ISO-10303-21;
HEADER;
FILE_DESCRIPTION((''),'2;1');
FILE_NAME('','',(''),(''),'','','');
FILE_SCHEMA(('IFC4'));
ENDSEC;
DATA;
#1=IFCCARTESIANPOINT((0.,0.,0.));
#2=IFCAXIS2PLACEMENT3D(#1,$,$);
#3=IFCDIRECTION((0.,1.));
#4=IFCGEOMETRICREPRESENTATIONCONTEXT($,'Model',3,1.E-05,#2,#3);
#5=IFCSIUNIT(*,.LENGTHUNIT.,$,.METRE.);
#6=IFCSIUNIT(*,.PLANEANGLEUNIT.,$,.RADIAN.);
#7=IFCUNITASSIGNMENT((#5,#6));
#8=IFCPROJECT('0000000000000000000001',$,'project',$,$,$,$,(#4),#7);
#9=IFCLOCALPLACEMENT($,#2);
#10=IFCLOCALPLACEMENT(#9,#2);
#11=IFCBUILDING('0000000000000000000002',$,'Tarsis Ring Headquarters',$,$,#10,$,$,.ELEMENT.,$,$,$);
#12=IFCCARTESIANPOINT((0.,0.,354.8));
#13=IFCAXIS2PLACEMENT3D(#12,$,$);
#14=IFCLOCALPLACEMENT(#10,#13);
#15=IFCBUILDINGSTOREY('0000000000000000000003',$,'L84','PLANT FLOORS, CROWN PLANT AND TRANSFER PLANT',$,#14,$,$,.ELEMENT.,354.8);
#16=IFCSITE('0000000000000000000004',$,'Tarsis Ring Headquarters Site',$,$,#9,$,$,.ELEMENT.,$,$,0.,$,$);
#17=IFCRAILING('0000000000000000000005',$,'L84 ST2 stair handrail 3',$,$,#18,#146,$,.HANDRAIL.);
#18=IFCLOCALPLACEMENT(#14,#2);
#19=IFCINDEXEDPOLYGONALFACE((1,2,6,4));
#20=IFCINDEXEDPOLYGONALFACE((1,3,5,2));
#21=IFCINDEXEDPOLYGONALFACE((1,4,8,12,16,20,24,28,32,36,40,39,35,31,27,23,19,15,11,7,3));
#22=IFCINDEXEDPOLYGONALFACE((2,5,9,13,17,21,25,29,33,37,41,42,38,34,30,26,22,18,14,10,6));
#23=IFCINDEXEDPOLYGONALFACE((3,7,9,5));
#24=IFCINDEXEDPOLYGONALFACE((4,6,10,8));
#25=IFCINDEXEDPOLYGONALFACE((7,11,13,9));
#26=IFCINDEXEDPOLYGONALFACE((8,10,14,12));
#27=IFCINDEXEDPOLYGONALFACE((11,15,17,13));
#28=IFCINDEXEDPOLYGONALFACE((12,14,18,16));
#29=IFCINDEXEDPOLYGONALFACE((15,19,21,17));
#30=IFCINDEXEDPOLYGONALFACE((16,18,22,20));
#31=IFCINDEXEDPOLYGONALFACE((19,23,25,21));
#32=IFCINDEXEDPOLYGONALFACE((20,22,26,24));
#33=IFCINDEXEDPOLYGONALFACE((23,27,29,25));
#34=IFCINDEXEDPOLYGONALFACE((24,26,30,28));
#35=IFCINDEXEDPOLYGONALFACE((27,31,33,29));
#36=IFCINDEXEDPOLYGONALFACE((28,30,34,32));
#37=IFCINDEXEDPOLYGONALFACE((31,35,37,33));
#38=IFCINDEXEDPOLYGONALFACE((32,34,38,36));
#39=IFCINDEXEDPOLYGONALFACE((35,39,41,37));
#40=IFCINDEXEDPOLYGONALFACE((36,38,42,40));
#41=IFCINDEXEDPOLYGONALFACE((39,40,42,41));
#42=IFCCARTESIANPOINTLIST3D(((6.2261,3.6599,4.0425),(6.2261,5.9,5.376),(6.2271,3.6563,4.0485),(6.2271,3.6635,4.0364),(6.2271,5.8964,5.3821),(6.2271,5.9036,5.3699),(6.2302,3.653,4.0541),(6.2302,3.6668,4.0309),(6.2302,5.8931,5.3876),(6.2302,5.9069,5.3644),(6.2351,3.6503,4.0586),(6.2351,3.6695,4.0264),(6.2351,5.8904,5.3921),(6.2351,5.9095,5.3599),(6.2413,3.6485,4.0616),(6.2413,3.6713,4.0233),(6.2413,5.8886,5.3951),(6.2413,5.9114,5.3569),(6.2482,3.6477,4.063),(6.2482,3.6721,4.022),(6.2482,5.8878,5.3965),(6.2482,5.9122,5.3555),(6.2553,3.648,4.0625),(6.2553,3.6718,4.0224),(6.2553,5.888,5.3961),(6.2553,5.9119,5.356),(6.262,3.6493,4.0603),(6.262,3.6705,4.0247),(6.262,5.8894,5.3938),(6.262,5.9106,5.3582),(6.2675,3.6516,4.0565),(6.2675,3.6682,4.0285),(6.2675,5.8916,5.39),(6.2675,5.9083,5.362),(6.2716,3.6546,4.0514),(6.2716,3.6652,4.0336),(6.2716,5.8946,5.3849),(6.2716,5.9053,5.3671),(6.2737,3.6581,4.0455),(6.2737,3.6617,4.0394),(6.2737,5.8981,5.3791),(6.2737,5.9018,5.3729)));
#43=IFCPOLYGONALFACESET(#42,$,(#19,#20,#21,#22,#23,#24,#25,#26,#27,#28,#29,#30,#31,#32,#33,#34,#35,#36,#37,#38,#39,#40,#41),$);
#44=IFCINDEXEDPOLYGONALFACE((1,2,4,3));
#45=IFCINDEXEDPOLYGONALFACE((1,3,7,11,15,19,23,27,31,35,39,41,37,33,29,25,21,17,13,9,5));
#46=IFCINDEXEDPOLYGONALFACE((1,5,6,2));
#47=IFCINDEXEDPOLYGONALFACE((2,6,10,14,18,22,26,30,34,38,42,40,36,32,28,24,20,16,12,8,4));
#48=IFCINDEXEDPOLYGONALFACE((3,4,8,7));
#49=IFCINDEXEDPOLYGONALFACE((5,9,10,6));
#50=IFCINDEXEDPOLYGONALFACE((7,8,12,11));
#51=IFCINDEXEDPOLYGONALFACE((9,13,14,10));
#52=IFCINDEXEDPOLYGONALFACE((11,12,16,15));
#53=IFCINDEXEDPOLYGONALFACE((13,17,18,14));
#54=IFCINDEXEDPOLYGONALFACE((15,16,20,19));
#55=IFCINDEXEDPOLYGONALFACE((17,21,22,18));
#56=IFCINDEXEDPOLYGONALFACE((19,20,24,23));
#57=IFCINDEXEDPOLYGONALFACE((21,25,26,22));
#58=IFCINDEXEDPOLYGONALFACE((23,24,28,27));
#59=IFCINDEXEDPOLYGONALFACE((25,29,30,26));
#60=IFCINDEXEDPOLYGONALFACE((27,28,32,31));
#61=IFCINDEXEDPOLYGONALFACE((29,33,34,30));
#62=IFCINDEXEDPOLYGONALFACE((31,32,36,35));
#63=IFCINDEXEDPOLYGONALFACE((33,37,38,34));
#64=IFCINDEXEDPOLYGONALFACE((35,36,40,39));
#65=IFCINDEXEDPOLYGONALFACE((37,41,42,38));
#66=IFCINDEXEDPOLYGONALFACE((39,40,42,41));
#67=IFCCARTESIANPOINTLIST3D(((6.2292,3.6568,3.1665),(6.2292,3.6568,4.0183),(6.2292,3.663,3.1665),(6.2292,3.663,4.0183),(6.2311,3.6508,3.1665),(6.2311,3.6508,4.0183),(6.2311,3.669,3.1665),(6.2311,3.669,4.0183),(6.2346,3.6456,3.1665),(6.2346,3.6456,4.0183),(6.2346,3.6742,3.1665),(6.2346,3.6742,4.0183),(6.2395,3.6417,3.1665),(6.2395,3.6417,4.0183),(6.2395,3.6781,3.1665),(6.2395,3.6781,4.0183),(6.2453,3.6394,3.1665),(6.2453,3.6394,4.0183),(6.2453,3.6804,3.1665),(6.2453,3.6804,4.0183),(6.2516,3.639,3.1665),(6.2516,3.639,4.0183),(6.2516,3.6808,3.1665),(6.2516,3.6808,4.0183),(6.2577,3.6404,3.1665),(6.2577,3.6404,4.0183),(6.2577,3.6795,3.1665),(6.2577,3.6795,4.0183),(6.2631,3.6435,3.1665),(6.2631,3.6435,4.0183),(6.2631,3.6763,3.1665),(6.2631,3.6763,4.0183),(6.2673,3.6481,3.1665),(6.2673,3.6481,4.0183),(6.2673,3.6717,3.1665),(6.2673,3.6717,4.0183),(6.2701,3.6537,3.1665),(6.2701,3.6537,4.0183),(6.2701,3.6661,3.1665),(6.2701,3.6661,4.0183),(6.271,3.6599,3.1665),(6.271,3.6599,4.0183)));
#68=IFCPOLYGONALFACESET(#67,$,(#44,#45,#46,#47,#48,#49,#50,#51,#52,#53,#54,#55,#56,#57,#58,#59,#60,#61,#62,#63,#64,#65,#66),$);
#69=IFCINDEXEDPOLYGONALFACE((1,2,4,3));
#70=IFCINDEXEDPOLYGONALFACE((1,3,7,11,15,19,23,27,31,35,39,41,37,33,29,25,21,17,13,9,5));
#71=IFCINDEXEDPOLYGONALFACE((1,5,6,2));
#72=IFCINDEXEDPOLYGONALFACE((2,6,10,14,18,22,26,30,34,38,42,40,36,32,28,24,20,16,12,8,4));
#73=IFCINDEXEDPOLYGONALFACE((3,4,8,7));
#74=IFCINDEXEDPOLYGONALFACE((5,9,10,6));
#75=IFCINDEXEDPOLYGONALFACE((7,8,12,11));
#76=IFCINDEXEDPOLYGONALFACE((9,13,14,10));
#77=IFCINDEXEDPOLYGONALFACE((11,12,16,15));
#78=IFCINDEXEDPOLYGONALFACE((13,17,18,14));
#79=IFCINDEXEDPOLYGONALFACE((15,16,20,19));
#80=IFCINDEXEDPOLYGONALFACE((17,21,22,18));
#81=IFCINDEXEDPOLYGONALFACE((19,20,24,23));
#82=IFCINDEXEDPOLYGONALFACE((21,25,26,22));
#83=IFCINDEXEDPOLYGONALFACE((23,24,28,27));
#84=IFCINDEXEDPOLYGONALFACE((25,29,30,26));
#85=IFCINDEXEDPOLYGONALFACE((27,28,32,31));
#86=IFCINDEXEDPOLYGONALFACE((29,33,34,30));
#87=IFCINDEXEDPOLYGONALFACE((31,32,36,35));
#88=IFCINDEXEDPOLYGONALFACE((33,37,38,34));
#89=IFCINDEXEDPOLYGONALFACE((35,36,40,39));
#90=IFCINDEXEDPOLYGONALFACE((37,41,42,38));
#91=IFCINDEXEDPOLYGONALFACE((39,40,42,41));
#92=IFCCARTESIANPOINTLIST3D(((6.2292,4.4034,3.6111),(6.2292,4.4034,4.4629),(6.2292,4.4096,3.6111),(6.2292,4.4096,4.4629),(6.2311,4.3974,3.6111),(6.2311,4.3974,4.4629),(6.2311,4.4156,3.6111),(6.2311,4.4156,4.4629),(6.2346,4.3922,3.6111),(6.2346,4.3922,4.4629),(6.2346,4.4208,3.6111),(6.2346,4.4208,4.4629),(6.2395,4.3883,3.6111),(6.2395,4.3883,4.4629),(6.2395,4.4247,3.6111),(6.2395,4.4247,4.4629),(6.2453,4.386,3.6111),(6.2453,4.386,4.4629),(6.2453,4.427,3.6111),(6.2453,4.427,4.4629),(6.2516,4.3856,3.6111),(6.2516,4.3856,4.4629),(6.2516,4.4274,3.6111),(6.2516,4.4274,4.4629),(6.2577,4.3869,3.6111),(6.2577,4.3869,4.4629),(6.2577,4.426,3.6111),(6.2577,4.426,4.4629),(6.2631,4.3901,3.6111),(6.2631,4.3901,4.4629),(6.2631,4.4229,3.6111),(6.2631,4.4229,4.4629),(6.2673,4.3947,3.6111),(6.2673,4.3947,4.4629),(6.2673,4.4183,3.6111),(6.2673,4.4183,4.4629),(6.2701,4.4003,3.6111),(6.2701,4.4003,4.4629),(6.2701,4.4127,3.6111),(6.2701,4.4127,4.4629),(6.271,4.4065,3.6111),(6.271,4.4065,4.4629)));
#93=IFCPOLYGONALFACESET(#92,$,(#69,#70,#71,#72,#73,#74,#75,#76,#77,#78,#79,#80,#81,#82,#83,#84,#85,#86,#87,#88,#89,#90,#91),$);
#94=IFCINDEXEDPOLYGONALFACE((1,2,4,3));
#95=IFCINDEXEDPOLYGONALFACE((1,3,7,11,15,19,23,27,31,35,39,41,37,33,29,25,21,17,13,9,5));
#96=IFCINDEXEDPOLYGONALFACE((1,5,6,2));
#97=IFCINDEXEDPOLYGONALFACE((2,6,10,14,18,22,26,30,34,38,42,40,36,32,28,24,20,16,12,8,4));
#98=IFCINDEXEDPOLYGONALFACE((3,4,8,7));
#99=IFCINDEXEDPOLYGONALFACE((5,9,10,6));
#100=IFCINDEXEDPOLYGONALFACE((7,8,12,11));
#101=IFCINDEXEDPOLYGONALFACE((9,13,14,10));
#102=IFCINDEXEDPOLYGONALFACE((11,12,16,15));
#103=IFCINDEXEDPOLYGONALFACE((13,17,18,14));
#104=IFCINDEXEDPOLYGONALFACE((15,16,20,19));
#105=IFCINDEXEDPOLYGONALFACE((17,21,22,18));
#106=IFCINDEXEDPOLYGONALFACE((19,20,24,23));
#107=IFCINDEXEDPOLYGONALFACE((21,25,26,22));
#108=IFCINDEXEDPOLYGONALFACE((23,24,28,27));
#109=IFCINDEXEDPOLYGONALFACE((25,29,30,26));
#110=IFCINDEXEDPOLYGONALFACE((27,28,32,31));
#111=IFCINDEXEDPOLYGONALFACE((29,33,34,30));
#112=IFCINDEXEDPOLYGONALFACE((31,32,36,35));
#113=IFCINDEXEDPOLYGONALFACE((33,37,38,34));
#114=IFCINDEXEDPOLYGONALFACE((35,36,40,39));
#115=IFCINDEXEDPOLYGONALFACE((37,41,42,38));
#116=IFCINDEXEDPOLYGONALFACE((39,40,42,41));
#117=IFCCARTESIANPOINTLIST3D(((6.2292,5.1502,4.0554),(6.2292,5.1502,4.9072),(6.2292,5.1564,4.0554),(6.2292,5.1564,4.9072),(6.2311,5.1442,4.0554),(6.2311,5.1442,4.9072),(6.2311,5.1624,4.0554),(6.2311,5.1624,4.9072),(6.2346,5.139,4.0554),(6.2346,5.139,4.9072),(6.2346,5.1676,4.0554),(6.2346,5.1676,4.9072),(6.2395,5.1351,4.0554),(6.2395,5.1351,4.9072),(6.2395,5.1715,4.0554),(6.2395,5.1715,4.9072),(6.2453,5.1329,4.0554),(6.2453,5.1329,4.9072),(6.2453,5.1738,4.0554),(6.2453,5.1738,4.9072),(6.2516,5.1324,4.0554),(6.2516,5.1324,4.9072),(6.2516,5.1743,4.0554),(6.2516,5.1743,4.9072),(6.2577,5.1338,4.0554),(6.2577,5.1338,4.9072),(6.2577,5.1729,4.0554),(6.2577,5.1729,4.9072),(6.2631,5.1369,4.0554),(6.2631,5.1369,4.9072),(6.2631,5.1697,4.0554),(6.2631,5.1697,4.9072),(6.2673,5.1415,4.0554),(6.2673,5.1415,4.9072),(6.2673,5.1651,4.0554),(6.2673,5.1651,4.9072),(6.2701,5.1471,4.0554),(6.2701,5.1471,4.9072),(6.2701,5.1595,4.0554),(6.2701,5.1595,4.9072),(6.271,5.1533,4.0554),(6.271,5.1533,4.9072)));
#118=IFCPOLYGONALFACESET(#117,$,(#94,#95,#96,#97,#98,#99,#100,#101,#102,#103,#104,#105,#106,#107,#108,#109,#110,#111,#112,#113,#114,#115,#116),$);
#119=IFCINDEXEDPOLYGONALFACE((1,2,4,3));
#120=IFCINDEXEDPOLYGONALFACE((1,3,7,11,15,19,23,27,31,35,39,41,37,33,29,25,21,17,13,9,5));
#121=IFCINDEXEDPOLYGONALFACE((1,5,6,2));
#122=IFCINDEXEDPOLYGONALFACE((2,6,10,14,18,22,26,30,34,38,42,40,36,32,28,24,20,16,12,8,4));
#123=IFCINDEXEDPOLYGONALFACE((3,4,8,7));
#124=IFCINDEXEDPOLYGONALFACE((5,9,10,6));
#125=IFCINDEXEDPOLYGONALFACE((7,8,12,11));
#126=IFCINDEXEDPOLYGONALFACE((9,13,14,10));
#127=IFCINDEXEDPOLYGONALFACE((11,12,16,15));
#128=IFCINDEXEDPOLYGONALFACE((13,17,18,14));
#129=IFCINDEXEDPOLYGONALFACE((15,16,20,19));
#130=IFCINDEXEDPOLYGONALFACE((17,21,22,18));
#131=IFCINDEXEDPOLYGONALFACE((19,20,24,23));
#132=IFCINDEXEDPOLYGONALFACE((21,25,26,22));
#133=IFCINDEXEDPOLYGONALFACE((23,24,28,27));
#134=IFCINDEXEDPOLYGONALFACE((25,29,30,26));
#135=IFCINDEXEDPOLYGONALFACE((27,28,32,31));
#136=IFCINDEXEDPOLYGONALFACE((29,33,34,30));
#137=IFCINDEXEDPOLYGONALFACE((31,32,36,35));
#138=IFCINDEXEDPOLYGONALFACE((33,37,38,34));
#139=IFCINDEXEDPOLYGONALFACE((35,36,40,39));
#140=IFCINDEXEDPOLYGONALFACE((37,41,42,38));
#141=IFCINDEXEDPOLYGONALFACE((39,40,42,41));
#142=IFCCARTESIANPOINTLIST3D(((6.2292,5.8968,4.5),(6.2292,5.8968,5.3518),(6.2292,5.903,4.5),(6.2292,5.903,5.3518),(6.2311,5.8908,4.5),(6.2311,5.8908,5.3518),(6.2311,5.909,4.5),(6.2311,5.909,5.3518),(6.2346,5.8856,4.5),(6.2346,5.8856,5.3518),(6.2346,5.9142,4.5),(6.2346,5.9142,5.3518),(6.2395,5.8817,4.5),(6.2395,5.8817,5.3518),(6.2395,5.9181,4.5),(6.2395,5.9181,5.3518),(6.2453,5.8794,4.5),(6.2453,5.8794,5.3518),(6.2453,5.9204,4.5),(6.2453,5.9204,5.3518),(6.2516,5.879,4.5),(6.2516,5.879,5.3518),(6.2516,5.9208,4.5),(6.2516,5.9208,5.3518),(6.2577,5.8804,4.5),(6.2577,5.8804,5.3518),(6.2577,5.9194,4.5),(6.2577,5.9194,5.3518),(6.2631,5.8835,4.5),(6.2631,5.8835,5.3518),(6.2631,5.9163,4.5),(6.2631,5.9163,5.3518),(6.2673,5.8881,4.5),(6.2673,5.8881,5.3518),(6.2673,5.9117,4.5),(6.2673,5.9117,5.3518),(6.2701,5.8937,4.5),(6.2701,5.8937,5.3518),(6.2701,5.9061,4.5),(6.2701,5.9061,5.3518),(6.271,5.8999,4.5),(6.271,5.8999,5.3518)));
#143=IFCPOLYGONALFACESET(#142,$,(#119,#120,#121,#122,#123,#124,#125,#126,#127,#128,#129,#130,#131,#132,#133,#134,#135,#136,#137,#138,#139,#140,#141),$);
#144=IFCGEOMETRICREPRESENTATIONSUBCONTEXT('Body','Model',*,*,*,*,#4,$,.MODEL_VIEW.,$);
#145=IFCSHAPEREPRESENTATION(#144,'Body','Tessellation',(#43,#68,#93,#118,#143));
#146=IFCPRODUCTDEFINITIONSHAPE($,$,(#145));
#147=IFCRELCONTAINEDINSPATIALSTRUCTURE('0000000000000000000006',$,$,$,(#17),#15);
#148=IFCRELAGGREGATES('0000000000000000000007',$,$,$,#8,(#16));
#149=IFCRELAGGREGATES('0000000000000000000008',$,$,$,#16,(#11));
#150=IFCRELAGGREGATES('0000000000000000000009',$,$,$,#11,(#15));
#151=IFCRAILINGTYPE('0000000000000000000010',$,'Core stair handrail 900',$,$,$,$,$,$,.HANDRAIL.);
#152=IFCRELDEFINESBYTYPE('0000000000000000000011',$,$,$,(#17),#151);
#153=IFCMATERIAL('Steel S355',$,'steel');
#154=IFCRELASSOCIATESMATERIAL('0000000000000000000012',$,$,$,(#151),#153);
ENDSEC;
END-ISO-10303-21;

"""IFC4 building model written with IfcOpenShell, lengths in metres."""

from ifc_helpers import new_model, si_unit, direction, frame, origin, origin_2d, place, context, subcontext, project, spatial, circle, extrude, material, type_object, element, save


model = new_model("IFC4")

# Units and contexts
model_context = context("Model", 3, precision=1e-05, world=origin(), true_north=direction((0.0, 1.0)))
body_context = subcontext(model_context, "Body", "Model", "MODEL_VIEW")
ifc_project = project(units=[si_unit("LENGTHUNIT", "METRE"), si_unit("PLANEANGLEUNIT", "RADIAN")], contexts=[model_context])

# Site, building, storey
site_placement = place(None, origin())
site = spatial("IfcSite", under=ifc_project, at=site_placement, Name="Tarsis Ring Headquarters Site", CompositionType="ELEMENT", RefElevation=0.0)
building_placement = place(site_placement, origin())
building = spatial("IfcBuilding", under=site, at=building_placement, Name="Tarsis Ring Headquarters", CompositionType="ELEMENT")
storey_placement = place(building_placement, frame((0.0, 0.0, 354.8)))
storey = spatial("IfcBuildingStorey", under=building, at=storey_placement, Name="L84", Description="PLANT FLOORS, CROWN PLANT AND TRANSFER PLANT", CompositionType="ELEMENT", Elevation=354.8)

# Railing
ifc_material_1 = material(Name="Steel S355", Category="steel")
railing_type_1 = type_object("IfcRailingType", Name="Core stair handrail 900", PredefinedType="HANDRAIL", material=ifc_material_1)
railing_1_placement = place(storey_placement, frame((6.25, 3.6599, 3.1665)))
element("IfcRailing", 1, at=railing_1_placement, inside=storey, type_object=railing_type_1, Name="L84 ST2 stair handrail 3", PredefinedType="HANDRAIL", context=body_context, shape_type="SweptSolid", body=[
    extrude(circle(Radius=0.0239, at=origin_2d()), frame((0.0, 0.0, 0.876), z_axis=(0.0, 0.859264, 0.511532), x_axis=(-1.0, 0.0, 0.0)), (0.0, 0.0, 1.0), 2.6069),
    extrude(circle(Radius=0.021, at=origin_2d()), origin(), (0.0, 0.0, 1.0), 0.8518),
    extrude(circle(Radius=0.021, at=origin_2d()), frame((0.0, 0.7466, 0.4446)), (0.0, 0.0, 1.0), 0.8518),
    extrude(circle(Radius=0.021, at=origin_2d()), frame((0.0, 1.4934, 0.8889)), (0.0, 0.0, 1.0), 0.8518),
    extrude(circle(Radius=0.021, at=origin_2d()), frame((0.0, 2.24, 1.3335)), (0.0, 0.0, 1.0), 0.8518),
])

save(model, "model.ifc")
